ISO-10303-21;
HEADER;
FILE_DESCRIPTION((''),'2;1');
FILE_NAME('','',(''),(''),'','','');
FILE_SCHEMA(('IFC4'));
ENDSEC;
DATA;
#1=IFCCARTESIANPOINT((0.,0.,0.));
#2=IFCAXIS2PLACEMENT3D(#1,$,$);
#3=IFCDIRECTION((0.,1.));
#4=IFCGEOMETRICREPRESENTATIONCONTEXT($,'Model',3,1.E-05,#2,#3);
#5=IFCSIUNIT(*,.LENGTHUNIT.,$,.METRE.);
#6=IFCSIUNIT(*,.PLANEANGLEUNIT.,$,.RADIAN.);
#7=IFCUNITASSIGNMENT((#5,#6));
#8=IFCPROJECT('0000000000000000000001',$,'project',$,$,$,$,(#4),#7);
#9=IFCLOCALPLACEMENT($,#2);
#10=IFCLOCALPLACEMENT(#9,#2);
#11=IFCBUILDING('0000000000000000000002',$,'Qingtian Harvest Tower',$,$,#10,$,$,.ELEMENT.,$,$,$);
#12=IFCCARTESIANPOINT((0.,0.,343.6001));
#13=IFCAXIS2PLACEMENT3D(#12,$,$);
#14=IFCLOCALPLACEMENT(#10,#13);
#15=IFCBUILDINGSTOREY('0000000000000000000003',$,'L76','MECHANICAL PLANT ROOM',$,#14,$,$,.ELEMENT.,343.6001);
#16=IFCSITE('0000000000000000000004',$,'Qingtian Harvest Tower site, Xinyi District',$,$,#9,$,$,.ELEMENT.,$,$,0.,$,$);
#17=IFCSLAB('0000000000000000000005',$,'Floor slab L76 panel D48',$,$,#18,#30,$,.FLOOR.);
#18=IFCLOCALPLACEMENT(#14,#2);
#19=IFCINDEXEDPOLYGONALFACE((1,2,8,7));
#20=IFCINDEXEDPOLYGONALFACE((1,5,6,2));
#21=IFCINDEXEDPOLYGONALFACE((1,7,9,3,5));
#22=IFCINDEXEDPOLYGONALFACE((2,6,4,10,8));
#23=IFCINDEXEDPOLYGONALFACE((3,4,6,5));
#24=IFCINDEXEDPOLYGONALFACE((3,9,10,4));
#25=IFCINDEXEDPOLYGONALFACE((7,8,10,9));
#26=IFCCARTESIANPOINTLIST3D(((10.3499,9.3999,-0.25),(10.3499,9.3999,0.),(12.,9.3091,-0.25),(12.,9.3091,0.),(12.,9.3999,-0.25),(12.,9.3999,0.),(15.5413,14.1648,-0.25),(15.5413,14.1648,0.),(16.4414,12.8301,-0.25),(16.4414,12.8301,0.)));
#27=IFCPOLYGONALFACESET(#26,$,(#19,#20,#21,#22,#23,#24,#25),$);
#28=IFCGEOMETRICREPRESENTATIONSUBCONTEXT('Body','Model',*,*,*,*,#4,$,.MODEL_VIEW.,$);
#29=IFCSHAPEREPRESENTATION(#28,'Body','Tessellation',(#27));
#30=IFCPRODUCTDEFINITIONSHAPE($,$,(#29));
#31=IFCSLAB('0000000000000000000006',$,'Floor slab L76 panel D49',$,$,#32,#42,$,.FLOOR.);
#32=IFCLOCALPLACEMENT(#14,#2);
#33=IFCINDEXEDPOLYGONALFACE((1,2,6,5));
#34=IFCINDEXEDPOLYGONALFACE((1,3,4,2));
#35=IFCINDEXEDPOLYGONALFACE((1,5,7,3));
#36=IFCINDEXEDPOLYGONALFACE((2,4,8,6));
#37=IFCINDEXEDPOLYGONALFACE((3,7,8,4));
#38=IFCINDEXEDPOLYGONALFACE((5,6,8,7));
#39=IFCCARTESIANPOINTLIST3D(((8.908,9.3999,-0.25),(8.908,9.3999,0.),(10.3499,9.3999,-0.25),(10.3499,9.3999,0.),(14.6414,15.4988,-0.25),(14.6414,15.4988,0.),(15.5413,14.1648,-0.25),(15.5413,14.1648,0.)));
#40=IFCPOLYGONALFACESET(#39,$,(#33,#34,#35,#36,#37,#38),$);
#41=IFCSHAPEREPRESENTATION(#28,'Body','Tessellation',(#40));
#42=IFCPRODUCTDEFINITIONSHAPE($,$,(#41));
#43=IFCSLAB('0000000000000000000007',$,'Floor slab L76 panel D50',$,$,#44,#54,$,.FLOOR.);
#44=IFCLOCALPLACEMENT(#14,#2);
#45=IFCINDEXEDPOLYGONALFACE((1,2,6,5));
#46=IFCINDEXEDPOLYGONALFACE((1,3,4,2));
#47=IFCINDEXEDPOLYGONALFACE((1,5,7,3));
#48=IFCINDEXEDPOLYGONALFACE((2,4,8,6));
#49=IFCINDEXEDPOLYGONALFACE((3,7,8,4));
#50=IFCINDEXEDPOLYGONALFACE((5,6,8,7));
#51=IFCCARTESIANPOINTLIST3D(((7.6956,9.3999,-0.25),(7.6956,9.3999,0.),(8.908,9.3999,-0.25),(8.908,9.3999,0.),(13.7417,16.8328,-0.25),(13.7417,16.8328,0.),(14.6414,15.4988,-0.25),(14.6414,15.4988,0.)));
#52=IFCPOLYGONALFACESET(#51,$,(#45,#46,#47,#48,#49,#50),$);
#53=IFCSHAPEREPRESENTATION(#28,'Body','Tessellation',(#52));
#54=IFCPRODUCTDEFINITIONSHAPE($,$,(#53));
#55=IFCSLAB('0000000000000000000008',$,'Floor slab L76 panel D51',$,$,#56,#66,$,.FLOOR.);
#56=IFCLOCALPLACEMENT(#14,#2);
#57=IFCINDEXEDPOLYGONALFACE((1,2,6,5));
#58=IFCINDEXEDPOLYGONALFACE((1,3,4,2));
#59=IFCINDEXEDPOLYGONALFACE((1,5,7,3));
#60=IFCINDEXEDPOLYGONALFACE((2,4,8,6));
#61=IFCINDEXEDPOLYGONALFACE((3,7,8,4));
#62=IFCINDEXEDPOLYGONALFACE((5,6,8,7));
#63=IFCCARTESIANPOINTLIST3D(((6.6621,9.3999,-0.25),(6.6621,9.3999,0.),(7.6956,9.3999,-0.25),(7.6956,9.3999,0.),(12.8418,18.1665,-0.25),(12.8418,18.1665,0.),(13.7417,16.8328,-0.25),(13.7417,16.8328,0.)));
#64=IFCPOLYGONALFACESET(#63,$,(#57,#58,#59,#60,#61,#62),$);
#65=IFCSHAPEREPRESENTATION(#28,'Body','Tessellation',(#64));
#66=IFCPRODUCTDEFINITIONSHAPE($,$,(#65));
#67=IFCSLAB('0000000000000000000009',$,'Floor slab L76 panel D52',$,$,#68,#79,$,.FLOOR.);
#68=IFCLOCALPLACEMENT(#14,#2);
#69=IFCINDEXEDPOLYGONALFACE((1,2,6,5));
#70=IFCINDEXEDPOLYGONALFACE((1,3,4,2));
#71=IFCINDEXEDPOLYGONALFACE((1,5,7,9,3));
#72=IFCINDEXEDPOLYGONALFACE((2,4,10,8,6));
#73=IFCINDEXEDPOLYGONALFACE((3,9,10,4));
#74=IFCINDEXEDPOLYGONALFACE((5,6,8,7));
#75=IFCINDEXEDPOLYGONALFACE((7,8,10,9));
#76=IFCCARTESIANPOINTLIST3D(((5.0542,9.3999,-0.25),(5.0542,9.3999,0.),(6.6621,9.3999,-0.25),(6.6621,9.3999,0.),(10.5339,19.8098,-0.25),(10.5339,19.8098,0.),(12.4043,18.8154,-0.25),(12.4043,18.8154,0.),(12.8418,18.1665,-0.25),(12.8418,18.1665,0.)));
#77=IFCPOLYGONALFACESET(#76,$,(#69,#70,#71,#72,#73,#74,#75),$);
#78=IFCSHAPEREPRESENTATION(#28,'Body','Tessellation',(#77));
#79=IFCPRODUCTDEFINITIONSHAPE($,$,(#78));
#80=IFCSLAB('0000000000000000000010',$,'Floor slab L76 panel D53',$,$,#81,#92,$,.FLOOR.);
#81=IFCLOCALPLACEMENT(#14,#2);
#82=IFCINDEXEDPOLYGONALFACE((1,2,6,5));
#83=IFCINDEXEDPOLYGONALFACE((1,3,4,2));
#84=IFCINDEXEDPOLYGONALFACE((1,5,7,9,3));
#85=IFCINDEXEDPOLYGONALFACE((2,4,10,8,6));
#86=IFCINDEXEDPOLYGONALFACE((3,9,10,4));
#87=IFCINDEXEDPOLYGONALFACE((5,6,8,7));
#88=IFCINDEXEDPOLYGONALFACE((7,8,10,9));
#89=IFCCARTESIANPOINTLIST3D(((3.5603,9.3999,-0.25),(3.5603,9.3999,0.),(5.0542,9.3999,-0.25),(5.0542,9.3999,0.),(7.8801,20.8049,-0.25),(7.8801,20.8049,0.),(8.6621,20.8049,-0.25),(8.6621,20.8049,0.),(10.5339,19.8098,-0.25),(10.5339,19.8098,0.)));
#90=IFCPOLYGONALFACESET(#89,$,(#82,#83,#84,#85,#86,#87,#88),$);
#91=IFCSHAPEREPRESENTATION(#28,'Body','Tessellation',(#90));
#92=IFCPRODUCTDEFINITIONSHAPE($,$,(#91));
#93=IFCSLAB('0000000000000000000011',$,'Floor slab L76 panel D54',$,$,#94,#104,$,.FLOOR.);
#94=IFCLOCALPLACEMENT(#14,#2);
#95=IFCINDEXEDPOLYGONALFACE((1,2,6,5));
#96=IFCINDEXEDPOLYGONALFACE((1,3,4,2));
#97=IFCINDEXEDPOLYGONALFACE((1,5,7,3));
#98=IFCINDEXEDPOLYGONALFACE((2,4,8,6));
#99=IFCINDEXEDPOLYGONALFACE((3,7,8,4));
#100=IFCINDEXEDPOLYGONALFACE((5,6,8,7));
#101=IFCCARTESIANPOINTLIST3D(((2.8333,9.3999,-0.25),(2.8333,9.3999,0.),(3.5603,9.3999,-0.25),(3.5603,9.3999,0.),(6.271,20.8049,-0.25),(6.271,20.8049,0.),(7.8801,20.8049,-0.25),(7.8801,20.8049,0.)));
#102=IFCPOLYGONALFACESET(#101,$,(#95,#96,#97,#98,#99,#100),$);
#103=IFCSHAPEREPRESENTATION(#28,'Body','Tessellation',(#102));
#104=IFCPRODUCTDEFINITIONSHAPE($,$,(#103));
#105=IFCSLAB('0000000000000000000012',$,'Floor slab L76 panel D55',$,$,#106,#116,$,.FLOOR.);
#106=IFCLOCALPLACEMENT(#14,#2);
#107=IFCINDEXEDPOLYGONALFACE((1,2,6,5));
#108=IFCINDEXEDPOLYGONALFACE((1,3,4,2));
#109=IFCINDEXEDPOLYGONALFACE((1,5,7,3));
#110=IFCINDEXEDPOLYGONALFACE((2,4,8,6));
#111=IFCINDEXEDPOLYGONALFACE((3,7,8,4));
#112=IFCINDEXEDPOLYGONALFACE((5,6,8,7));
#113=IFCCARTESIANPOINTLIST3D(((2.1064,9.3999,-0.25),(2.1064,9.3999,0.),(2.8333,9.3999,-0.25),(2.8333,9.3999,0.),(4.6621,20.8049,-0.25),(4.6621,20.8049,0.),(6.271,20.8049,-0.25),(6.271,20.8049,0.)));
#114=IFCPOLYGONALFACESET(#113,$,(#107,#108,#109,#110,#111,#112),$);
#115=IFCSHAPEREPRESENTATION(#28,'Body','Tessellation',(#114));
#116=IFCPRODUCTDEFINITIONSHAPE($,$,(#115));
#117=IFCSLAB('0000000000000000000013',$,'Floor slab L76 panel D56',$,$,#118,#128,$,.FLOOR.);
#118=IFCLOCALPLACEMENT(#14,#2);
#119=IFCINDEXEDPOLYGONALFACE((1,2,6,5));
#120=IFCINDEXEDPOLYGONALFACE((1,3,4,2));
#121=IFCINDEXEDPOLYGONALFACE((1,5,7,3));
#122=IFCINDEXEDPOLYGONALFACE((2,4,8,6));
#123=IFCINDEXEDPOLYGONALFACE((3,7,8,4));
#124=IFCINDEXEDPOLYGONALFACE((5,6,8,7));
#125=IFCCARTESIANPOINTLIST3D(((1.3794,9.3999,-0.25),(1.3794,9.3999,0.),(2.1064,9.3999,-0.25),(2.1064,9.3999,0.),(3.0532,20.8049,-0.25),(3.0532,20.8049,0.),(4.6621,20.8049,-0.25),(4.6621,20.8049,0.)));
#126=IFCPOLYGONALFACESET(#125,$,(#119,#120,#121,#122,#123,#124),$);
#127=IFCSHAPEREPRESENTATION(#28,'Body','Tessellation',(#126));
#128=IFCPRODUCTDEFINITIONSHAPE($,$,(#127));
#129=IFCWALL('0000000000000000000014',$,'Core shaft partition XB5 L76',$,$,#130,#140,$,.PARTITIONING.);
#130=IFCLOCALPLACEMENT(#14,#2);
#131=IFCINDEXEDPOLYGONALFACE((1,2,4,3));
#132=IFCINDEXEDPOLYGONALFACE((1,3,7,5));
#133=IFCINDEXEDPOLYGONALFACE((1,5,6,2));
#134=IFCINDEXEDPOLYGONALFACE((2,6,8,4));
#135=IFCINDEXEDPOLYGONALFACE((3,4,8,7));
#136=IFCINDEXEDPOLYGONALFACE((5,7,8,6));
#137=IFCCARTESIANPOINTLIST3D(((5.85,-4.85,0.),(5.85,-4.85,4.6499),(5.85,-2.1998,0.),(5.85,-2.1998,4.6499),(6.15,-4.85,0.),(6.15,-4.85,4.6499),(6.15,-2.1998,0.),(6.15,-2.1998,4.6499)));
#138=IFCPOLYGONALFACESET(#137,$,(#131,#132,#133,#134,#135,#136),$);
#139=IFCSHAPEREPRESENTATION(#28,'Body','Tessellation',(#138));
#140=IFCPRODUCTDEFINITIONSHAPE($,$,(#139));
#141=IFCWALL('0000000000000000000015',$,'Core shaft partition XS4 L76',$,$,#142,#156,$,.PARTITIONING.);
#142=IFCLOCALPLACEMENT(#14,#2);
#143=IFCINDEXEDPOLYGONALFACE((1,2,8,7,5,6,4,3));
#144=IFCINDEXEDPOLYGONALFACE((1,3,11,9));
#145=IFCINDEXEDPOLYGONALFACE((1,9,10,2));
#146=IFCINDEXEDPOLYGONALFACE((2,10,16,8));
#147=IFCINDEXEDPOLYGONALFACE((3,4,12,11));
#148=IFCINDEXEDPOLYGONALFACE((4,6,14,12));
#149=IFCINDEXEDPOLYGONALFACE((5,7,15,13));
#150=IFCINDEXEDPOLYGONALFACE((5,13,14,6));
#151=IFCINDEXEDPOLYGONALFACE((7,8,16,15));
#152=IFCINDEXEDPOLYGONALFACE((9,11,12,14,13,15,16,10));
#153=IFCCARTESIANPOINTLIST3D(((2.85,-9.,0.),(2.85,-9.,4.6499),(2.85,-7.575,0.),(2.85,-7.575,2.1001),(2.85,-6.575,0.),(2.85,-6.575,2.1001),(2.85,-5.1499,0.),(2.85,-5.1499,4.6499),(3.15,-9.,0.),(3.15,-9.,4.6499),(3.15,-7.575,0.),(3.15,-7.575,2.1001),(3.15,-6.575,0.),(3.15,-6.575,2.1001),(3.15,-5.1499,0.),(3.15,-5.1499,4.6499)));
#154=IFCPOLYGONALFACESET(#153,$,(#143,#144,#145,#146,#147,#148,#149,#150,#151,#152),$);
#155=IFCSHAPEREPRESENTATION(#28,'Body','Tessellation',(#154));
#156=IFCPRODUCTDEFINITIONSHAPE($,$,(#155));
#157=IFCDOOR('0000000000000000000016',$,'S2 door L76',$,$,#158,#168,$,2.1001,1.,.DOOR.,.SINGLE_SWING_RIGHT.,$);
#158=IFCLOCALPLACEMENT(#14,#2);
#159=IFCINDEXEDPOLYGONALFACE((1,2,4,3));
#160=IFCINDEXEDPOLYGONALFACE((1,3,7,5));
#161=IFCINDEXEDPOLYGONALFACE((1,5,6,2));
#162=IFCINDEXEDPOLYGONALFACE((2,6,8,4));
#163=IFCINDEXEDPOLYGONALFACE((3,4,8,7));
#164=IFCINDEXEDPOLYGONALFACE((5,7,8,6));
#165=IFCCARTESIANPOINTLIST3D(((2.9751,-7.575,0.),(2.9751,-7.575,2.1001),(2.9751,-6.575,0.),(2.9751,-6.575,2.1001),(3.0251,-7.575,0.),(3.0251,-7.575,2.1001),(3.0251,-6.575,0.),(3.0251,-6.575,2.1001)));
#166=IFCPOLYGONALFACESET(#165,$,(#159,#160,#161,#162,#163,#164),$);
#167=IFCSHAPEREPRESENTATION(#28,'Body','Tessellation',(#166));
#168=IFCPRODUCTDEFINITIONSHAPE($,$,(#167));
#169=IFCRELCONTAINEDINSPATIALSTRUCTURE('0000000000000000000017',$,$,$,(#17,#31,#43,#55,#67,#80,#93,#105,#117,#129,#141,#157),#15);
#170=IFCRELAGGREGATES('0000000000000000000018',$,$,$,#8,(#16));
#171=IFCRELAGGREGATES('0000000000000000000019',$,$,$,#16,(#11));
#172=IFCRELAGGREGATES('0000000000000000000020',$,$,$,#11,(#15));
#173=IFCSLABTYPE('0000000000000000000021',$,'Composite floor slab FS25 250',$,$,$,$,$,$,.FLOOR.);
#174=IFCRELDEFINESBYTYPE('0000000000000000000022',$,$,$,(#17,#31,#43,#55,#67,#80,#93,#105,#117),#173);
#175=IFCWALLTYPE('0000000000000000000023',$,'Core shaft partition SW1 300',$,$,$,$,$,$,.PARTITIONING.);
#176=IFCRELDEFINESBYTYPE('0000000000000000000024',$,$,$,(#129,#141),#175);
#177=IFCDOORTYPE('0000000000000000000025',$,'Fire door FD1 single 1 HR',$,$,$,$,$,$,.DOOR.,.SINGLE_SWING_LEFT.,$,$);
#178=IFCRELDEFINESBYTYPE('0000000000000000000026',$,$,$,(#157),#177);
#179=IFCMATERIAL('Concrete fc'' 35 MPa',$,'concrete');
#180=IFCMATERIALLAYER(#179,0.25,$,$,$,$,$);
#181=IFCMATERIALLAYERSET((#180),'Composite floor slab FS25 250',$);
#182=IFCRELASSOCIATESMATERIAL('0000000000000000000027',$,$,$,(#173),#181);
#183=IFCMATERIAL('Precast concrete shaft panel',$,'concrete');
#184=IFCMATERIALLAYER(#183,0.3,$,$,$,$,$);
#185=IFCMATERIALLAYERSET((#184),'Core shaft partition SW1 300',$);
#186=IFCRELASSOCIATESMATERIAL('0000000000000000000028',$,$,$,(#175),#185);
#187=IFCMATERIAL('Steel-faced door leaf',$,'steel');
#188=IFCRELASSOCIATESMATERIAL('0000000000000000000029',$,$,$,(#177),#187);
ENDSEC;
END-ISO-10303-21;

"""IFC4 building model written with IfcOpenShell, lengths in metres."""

from ifc_helpers import new_model, si_unit, direction, frame, frame_2d, origin, place, context, subcontext, project, spatial, polyline, rectangle, outline, extrude, material, layer, layer_set, type_object, element, fill, save


model = new_model("IFC4")

# Units and contexts
model_context = context("Model", 3, precision=1e-05, world=origin(), true_north=direction((0.0, 1.0)))
body_context = subcontext(model_context, "Body", "Model", "MODEL_VIEW")
ifc_project = project(units=[si_unit("LENGTHUNIT", "METRE"), si_unit("PLANEANGLEUNIT", "RADIAN")], contexts=[model_context])

# Site, building, storey
site_placement = place(None, origin())
site = spatial("IfcSite", under=ifc_project, at=site_placement, Name="Qingtian Harvest Tower site, Xinyi District", CompositionType="ELEMENT", RefElevation=0.0)
building_placement = place(site_placement, origin())
building = spatial("IfcBuilding", under=site, at=building_placement, Name="Qingtian Harvest Tower", CompositionType="ELEMENT")
storey_placement = place(building_placement, frame((0.0, 0.0, 343.6001)))
storey = spatial("IfcBuildingStorey", under=building, at=storey_placement, Name="L76", Description="MECHANICAL PLANT ROOM", CompositionType="ELEMENT", Elevation=343.6001)

# Slabs
ifc_material_1 = material(Name="Concrete fc' 35 MPa", Category="concrete")
ifc_layer_1 = layer(ifc_material_1, 0.25)
ifc_layer_set_1 = layer_set([ifc_layer_1], Name="Composite floor slab FS25 250")
slab_type = type_object("IfcSlabType", Name="Composite floor slab FS25 250", PredefinedType="FLOOR", material=ifc_layer_set_1)
slab_1_placement = place(storey_placement, frame((0.0, 0.0, -0.25)))
element("IfcSlab", 1, at=slab_1_placement, inside=storey, type_object=slab_type, Name="Floor slab L76 panel D48", PredefinedType="FLOOR", context=body_context, shape_type="SweptSolid", body=[
    extrude(outline(polyline([(12.0, 9.3999), (10.3499, 9.3999), (15.5413, 14.1648), (16.4414, 12.8301), (12.0, 9.3091), (12.0, 9.3999)])), origin(), (0.0, 0.0, 1.0), 0.25),
])
slab_2_placement = place(storey_placement, frame((0.0, 0.0, -0.25)))
element("IfcSlab", 2, at=slab_2_placement, inside=storey, type_object=slab_type, Name="Floor slab L76 panel D49", PredefinedType="FLOOR", context=body_context, shape_type="SweptSolid", body=[
    extrude(outline(polyline([(8.908, 9.3999), (14.6414, 15.4988), (15.5413, 14.1648), (10.3499, 9.3999), (8.908, 9.3999)])), origin(), (0.0, 0.0, 1.0), 0.25),
])
slab_3_placement = place(storey_placement, frame((0.0, 0.0, -0.25)))
element("IfcSlab", 3, at=slab_3_placement, inside=storey, type_object=slab_type, Name="Floor slab L76 panel D50", PredefinedType="FLOOR", context=body_context, shape_type="SweptSolid", body=[
    extrude(outline(polyline([(7.6956, 9.3999), (13.7417, 16.8328), (14.6414, 15.4988), (8.908, 9.3999), (7.6956, 9.3999)])), origin(), (0.0, 0.0, 1.0), 0.25),
])
slab_4_placement = place(storey_placement, frame((0.0, 0.0, -0.25)))
element("IfcSlab", 4, at=slab_4_placement, inside=storey, type_object=slab_type, Name="Floor slab L76 panel D51", PredefinedType="FLOOR", context=body_context, shape_type="SweptSolid", body=[
    extrude(outline(polyline([(6.6621, 9.3999), (12.8418, 18.1665), (13.7417, 16.8328), (7.6956, 9.3999), (6.6621, 9.3999)])), origin(), (0.0, 0.0, 1.0), 0.25),
])
slab_5_placement = place(storey_placement, frame((0.0, 0.0, -0.25)))
element("IfcSlab", 5, at=slab_5_placement, inside=storey, type_object=slab_type, Name="Floor slab L76 panel D52", PredefinedType="FLOOR", context=body_context, shape_type="SweptSolid", body=[
    extrude(outline(polyline([(6.6621, 9.3999), (5.0542, 9.3999), (10.5339, 19.8098), (12.4043, 18.8154), (12.8418, 18.1665), (6.6621, 9.3999)])), origin(), (0.0, 0.0, 1.0), 0.25),
])
slab_6_placement = place(storey_placement, frame((0.0, 0.0, -0.25)))
element("IfcSlab", 6, at=slab_6_placement, inside=storey, type_object=slab_type, Name="Floor slab L76 panel D53", PredefinedType="FLOOR", context=body_context, shape_type="SweptSolid", body=[
    extrude(outline(polyline([(3.5603, 9.3999), (7.8801, 20.8049), (8.6621, 20.8049), (10.5339, 19.8098), (5.0542, 9.3999), (3.5603, 9.3999)])), origin(), (0.0, 0.0, 1.0), 0.25),
])
slab_7_placement = place(storey_placement, frame((0.0, 0.0, -0.25)))
element("IfcSlab", 7, at=slab_7_placement, inside=storey, type_object=slab_type, Name="Floor slab L76 panel D54", PredefinedType="FLOOR", context=body_context, shape_type="SweptSolid", body=[
    extrude(outline(polyline([(2.8333, 9.3999), (6.271, 20.8049), (7.8801, 20.8049), (3.5603, 9.3999), (2.8333, 9.3999)])), origin(), (0.0, 0.0, 1.0), 0.25),
])
slab_8_placement = place(storey_placement, frame((0.0, 0.0, -0.25)))
element("IfcSlab", 8, at=slab_8_placement, inside=storey, type_object=slab_type, Name="Floor slab L76 panel D55", PredefinedType="FLOOR", context=body_context, shape_type="SweptSolid", body=[
    extrude(outline(polyline([(2.1064, 9.3999), (4.6621, 20.8049), (6.271, 20.8049), (2.8333, 9.3999), (2.1064, 9.3999)])), origin(), (0.0, 0.0, 1.0), 0.25),
])
slab_9_placement = place(storey_placement, frame((0.0, 0.0, -0.25)))
element("IfcSlab", 9, at=slab_9_placement, inside=storey, type_object=slab_type, Name="Floor slab L76 panel D56", PredefinedType="FLOOR", context=body_context, shape_type="SweptSolid", body=[
    extrude(outline(polyline([(1.3794, 9.3999), (3.0532, 20.8049), (4.6621, 20.8049), (2.1064, 9.3999), (1.3794, 9.3999)])), origin(), (0.0, 0.0, 1.0), 0.25),
])

# Wall
ifc_material_2 = material(Name="Precast concrete shaft panel", Category="concrete")
ifc_layer_2 = layer(ifc_material_2, 0.3)
ifc_layer_set_2 = layer_set([ifc_layer_2], Name="Core shaft partition SW1 300")
wall_type_1 = type_object("IfcWallType", Name="Core shaft partition SW1 300", PredefinedType="PARTITIONING", material=ifc_layer_set_2)
wall_1_placement = place(storey_placement, frame((6.0, -4.8501, 0.0), z_axis=(0.0, 0.0, 1.0), x_axis=(0.0, 1.0, 0.0)))
element("IfcWall", 10, at=wall_1_placement, inside=storey, type_object=wall_type_1, Name="Core shaft partition XB5 L76", PredefinedType="PARTITIONING", context=body_context, shape_type="SweptSolid", body=[
    extrude(rectangle(XDim=2.6501, YDim=0.3, at=frame_2d((1.3252, 0.0))), origin(), (0.0, 0.0, 1.0), 4.6499),
])

# Wall, opening, door
wall_2_placement = place(storey_placement, frame((3.0, -9.0, 0.0), z_axis=(0.0, 0.0, 1.0), x_axis=(0.0, 1.0, 0.0)))
wall_2 = element("IfcWall", 11, at=wall_2_placement, inside=storey, type_object=wall_type_1, Name="Core shaft partition XS4 L76", PredefinedType="PARTITIONING", context=body_context, shape_type="SweptSolid", body=[
    extrude(rectangle(XDim=3.8501, YDim=0.3, at=frame_2d((1.925, 0.0))), origin(), (0.0, 0.0, 1.0), 4.6499),
])
opening_1_placement = place(wall_2_placement, frame((1.425, 0.0, 0.0)))
opening_1 = element("IfcOpeningElement", 12, at=opening_1_placement, cuts=wall_2, PredefinedType="OPENING", context=body_context, shape_type="SweptSolid", body=[
    extrude(rectangle(XDim=1.0, YDim=2.1001, at=frame_2d((0.5, 1.05))), frame((0.0, 0.1599, 0.0), z_axis=(0.0, -1.0, 0.0), x_axis=(1.0, 0.0, 0.0)), (0.0, 0.0, 1.0), 0.3201),
])
ifc_material_3 = material(Name="Steel-faced door leaf", Category="steel")
door_type_1 = type_object("IfcDoorType", Name="Fire door FD1 single 1 HR", OperationType="SINGLE_SWING_LEFT", PredefinedType="DOOR", material=ifc_material_3)
door_1_placement = place(opening_1_placement, origin())
door_1 = element("IfcDoor", 13, at=door_1_placement, inside=storey, type_object=door_type_1, Name="S2 door L76", OperationType="SINGLE_SWING_RIGHT", OverallHeight=2.1001, OverallWidth=1.0, PredefinedType="DOOR", context=body_context, shape_type="SweptSolid", body=[
    extrude(rectangle(XDim=1.0, YDim=2.1001, at=frame_2d((0.5, 1.05))), frame((0.0, 0.0249, 0.0), z_axis=(0.0, -1.0, 0.0), x_axis=(1.0, 0.0, 0.0)), (0.0, 0.0, 1.0), 0.05),
])
fill(opening_1, door_1)

save(model, "model.ifc")
